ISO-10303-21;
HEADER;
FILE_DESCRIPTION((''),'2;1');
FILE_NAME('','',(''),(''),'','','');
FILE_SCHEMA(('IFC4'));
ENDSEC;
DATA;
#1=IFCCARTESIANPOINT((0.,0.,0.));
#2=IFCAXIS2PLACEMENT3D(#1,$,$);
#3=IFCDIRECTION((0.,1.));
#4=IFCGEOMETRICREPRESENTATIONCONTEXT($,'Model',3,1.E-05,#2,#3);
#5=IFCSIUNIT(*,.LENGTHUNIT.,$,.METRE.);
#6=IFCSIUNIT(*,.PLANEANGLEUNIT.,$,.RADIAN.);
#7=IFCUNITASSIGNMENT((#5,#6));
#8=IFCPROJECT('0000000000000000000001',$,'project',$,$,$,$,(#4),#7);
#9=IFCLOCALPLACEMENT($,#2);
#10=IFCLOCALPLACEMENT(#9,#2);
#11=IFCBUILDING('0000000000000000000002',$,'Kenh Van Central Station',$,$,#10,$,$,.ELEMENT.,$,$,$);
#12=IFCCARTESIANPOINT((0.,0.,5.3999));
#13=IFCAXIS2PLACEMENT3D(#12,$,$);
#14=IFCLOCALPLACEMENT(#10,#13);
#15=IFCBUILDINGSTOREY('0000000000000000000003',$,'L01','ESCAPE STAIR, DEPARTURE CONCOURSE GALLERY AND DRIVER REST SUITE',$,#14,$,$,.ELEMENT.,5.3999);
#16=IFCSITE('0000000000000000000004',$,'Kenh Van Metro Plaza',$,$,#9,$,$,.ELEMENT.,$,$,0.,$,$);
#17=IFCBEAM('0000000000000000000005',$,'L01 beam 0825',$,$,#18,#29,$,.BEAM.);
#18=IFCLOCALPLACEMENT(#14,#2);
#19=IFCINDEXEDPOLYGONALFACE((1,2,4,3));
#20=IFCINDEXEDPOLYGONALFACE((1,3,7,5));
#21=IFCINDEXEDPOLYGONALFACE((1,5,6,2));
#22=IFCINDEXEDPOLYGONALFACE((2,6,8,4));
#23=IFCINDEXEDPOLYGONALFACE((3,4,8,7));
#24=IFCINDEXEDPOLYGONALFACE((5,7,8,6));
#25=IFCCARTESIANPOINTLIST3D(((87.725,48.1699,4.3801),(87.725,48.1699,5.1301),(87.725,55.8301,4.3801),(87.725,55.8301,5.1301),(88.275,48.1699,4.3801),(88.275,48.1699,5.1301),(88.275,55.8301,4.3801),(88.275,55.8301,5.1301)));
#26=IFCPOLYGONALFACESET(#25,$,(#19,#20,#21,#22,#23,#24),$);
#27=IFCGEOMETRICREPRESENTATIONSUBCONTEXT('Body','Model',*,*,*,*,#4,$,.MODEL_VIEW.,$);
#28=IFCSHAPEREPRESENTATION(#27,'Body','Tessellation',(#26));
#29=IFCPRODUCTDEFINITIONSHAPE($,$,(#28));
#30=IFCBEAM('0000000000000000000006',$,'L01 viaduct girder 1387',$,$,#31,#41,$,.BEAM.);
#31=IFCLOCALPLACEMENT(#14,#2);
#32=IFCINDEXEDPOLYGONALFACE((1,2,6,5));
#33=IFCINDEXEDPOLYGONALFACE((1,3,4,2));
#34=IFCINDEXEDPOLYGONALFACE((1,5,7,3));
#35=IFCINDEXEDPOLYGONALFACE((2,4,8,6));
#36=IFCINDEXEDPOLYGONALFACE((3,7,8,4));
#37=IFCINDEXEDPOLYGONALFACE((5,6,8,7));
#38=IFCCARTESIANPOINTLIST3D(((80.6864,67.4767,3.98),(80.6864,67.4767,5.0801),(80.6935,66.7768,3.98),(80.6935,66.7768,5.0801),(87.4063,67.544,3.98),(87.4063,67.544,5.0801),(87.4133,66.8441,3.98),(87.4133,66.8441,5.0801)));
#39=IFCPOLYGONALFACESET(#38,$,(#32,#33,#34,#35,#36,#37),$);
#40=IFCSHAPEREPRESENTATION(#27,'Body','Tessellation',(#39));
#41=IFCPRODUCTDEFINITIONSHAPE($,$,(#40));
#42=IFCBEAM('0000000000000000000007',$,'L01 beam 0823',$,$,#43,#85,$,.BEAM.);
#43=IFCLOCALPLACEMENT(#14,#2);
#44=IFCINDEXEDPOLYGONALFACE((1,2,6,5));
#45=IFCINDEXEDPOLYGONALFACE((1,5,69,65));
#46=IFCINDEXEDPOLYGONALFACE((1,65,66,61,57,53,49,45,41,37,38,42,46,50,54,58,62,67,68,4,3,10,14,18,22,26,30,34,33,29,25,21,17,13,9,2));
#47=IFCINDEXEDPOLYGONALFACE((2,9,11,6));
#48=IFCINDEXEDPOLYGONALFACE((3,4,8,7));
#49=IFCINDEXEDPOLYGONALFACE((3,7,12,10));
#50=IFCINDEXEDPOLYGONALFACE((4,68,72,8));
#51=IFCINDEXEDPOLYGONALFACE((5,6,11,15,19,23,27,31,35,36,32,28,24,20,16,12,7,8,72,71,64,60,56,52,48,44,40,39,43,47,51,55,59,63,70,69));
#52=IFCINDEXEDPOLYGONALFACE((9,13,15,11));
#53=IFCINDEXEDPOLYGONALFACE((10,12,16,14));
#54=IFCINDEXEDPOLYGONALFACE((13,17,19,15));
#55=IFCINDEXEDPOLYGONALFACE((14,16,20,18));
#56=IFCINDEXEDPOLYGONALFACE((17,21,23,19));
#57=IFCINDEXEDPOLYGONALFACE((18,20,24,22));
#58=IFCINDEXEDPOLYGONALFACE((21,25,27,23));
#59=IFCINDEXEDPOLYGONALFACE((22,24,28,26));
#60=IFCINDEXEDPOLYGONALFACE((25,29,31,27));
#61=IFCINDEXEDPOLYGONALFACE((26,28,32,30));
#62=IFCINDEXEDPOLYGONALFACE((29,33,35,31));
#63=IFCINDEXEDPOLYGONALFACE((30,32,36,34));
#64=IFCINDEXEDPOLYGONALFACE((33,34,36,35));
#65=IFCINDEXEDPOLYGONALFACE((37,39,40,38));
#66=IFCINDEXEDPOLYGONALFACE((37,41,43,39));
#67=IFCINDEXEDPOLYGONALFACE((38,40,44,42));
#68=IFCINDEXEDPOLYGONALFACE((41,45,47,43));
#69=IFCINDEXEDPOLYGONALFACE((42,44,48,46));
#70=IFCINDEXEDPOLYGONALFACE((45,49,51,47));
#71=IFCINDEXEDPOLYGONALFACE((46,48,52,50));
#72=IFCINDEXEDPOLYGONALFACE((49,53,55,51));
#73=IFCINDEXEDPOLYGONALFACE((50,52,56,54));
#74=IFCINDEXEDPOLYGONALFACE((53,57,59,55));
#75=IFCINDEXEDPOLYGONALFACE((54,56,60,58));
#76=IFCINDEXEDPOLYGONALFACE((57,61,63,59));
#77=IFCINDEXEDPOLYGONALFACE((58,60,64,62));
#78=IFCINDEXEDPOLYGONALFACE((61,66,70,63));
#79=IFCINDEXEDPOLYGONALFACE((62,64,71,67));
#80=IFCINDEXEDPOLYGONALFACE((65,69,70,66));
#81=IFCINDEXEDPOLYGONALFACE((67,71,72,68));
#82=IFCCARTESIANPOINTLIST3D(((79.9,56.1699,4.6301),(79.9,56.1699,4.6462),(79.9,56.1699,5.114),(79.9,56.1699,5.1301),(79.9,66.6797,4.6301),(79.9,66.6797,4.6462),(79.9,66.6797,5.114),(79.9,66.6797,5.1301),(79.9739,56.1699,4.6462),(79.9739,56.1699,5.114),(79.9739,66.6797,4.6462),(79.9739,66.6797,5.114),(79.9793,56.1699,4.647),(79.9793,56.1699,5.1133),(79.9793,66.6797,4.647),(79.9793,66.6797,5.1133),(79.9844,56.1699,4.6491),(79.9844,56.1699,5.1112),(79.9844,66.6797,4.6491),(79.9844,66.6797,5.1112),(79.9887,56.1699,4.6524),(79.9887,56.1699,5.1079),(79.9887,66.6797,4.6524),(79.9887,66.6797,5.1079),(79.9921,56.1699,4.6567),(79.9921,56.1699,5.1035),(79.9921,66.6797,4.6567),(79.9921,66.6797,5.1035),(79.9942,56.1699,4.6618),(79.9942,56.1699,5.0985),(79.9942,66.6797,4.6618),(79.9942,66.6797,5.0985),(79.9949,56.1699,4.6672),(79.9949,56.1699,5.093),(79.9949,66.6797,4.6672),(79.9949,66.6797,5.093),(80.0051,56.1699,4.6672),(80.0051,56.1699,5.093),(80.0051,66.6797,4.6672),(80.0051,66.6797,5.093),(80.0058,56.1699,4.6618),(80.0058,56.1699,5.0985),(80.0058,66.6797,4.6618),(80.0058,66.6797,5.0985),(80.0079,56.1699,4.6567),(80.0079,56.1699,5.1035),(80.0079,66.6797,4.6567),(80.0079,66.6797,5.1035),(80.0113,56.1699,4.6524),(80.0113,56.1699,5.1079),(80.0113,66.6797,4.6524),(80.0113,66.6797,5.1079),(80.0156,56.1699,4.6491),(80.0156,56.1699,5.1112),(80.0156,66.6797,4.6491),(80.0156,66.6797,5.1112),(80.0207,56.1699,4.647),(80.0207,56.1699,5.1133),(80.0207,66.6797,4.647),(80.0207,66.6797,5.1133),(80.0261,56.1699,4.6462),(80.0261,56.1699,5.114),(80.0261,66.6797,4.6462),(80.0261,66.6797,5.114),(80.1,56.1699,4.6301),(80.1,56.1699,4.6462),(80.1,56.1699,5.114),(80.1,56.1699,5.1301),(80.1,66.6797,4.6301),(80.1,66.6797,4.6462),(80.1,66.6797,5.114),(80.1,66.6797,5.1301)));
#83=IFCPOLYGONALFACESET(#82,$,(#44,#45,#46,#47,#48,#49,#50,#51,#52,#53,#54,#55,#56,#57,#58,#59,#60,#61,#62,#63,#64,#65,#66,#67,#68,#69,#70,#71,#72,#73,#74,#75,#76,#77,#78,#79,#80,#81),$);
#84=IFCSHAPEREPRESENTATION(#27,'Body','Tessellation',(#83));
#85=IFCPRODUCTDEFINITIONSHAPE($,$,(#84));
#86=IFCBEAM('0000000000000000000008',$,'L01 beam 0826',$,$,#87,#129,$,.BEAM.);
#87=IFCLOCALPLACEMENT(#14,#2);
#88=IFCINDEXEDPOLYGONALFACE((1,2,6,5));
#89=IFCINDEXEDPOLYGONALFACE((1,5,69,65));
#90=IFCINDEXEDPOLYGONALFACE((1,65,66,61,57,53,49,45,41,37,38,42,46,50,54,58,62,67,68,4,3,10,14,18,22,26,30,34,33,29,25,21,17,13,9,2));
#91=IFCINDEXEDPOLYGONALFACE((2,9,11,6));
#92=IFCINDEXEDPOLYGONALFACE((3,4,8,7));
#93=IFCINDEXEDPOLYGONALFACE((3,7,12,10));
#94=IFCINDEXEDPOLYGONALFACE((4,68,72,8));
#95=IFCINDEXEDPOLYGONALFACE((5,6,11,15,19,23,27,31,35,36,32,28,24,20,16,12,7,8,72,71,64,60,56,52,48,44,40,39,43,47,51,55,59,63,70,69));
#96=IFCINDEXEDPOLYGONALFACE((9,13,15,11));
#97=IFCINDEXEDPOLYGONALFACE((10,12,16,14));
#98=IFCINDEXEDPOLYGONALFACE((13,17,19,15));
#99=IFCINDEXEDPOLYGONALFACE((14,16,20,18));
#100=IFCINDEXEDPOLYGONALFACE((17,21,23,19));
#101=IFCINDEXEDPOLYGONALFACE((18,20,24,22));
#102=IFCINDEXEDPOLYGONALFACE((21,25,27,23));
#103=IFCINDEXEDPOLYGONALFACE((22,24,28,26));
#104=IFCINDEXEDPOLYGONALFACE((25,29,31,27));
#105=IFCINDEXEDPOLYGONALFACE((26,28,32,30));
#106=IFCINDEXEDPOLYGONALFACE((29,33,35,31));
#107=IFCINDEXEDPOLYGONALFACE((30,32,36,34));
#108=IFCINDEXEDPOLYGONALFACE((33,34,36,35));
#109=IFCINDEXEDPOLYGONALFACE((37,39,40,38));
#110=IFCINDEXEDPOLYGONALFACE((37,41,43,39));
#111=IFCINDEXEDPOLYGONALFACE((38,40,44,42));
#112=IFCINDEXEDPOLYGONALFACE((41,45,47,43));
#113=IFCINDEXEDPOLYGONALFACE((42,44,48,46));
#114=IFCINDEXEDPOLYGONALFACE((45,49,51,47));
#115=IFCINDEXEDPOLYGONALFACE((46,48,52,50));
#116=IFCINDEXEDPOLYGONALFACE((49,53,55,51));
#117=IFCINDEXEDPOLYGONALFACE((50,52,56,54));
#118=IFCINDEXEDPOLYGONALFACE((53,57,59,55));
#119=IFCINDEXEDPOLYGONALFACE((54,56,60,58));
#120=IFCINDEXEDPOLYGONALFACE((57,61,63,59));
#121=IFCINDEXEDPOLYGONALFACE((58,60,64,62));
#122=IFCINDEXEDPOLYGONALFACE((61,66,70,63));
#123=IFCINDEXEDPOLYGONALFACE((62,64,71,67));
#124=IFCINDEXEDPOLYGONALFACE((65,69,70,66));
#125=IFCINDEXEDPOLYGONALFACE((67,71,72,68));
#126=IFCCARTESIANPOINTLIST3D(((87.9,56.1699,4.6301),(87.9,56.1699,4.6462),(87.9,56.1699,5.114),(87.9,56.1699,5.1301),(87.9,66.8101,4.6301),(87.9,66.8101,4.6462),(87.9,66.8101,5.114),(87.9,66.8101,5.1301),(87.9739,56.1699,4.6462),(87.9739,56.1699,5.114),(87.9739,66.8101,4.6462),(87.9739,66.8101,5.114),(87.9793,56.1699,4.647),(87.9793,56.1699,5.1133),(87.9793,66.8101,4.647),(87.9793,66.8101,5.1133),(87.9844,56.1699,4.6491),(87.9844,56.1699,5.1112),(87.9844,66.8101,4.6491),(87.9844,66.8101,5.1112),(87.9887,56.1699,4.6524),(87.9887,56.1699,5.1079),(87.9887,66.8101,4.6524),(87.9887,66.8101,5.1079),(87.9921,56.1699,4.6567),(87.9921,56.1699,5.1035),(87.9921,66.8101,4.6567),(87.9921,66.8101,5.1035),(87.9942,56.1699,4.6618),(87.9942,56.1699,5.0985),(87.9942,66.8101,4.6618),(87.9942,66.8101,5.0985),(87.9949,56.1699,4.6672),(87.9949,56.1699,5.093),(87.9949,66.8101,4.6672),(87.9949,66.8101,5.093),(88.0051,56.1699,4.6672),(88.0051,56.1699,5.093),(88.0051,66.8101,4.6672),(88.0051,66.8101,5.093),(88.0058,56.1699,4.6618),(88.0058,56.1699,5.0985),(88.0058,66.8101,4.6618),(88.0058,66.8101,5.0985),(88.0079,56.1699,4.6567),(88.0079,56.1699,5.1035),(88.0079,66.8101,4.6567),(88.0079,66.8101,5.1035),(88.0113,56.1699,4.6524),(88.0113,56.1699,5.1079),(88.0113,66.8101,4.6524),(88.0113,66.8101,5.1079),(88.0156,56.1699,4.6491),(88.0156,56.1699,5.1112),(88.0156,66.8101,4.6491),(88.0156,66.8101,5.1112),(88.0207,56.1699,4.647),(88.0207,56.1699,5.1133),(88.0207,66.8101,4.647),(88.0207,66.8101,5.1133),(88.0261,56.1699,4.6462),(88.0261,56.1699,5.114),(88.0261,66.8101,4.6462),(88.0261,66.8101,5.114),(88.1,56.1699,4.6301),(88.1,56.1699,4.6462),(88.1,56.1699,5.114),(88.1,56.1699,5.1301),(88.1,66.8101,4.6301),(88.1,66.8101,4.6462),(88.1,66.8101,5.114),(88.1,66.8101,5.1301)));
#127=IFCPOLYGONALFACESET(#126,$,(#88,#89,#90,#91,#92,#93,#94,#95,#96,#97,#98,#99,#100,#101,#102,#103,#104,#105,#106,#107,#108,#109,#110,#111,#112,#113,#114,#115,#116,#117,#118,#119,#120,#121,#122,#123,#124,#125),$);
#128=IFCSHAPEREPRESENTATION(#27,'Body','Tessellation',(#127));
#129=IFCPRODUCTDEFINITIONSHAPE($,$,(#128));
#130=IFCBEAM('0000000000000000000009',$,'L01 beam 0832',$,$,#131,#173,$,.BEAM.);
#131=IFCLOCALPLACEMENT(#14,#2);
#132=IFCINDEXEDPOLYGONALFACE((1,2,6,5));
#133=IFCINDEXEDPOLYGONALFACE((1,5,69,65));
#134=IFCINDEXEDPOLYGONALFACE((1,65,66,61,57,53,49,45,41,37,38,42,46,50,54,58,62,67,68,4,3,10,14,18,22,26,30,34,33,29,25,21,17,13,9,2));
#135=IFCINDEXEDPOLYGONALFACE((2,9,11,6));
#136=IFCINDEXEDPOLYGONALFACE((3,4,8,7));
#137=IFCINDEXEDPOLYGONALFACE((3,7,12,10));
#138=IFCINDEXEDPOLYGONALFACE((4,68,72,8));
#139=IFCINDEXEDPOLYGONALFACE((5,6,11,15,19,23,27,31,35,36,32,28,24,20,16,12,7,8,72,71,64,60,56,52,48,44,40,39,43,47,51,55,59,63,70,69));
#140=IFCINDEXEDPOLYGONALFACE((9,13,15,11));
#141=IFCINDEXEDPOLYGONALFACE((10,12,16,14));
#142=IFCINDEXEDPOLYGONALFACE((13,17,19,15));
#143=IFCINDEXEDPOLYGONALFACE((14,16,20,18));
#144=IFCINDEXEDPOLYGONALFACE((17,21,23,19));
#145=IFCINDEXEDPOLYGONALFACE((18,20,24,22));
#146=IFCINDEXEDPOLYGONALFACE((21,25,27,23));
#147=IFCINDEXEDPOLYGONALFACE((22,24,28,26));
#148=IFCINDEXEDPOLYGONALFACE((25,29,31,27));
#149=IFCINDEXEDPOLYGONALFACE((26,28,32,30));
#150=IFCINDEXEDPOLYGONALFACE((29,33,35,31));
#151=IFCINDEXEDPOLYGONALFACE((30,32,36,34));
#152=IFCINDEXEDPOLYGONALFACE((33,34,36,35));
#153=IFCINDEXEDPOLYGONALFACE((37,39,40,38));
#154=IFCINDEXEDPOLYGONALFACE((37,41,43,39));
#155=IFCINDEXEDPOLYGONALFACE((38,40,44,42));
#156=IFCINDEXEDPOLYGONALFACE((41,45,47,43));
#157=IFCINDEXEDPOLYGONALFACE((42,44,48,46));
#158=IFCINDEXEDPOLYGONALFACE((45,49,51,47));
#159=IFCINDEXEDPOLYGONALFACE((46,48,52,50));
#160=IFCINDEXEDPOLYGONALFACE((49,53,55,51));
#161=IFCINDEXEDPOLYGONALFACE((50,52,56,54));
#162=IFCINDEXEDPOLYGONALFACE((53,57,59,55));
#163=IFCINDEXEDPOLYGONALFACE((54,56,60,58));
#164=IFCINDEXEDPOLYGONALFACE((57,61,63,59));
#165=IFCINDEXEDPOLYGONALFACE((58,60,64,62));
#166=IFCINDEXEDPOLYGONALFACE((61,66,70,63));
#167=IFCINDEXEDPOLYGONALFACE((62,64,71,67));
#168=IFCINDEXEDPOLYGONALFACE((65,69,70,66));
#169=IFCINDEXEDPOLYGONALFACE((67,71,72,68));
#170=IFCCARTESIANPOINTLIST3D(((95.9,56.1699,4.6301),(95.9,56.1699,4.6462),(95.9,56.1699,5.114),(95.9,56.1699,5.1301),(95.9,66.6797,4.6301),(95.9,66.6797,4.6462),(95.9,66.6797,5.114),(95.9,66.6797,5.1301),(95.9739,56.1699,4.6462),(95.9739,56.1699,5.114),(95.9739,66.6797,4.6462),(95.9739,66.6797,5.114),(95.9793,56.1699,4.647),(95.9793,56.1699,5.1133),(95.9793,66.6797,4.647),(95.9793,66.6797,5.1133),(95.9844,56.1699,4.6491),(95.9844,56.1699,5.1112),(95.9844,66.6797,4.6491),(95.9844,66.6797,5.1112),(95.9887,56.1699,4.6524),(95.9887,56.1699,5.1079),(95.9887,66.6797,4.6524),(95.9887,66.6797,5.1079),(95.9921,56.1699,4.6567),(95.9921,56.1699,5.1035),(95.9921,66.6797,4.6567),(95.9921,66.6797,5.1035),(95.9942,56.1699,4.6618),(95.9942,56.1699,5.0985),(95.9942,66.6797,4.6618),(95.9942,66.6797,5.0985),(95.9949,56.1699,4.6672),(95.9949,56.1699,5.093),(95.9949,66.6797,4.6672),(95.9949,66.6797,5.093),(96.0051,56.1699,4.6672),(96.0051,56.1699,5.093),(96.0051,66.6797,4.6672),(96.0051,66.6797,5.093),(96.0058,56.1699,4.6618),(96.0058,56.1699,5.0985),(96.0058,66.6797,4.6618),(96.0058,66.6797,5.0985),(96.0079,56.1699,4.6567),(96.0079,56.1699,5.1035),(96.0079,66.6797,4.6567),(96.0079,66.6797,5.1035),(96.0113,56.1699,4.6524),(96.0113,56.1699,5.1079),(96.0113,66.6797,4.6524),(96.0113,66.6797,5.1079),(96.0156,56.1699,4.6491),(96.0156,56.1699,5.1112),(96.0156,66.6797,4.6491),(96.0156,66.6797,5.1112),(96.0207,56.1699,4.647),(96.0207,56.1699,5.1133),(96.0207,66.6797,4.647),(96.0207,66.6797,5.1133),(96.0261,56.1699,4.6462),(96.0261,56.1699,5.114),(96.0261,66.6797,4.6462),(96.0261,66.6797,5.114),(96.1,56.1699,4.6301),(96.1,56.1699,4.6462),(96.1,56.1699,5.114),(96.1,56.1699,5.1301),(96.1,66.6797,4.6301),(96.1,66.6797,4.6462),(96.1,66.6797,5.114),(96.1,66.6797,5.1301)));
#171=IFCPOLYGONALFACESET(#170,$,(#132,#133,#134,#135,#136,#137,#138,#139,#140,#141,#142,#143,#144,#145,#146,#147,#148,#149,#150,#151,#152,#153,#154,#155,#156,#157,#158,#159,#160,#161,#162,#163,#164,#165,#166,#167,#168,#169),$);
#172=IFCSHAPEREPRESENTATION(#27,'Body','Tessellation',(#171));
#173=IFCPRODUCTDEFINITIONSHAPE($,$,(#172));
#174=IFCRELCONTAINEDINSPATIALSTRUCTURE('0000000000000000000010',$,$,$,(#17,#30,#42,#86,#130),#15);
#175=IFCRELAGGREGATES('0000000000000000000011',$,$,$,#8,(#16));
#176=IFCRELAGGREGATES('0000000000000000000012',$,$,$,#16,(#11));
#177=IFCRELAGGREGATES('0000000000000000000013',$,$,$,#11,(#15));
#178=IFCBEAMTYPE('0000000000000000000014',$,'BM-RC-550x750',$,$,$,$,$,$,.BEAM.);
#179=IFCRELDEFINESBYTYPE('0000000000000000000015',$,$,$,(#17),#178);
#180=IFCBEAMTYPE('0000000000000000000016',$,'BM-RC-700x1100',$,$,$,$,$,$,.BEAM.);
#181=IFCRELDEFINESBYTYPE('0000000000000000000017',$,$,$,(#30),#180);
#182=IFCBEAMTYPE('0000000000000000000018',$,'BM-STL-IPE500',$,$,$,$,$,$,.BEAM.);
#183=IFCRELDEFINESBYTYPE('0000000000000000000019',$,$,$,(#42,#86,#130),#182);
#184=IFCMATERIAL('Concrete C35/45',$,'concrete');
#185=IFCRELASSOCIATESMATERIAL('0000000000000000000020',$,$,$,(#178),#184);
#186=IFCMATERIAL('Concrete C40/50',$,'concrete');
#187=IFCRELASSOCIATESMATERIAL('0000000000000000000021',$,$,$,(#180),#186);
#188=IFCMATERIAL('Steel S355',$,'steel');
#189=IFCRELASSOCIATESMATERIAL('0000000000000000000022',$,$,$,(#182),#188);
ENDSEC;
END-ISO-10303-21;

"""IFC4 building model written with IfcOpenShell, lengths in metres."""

from ifc_helpers import new_model, si_unit, direction, frame, origin, origin_2d, place, context, subcontext, project, spatial, rectangle, i_section, extrude, material, material_profile, profile_set, type_object, element, save


model = new_model("IFC4")

# Units and contexts
model_context = context("Model", 3, precision=1e-05, world=origin(), true_north=direction((0.0, 1.0)))
body_context = subcontext(model_context, "Body", "Model", "MODEL_VIEW")
ifc_project = project(units=[si_unit("LENGTHUNIT", "METRE"), si_unit("PLANEANGLEUNIT", "RADIAN")], contexts=[model_context])

# Site, building, storey
site_placement = place(None, origin())
site = spatial("IfcSite", under=ifc_project, at=site_placement, Name="Kenh Van Metro Plaza", CompositionType="ELEMENT", RefElevation=0.0)
building_placement = place(site_placement, origin())
building = spatial("IfcBuilding", under=site, at=building_placement, Name="Kenh Van Central Station", CompositionType="ELEMENT")
storey_placement = place(building_placement, frame((0.0, 0.0, 5.3999)))
storey = spatial("IfcBuildingStorey", under=building, at=storey_placement, Name="L01", Description="ESCAPE STAIR, DEPARTURE CONCOURSE GALLERY AND DRIVER REST SUITE", CompositionType="ELEMENT", Elevation=5.3999)

# Shared definitions
ifc_material_1 = material(Name="Concrete C40/50", Category="concrete")
ifc_material_2 = material(Name="Steel S355", Category="steel")

# Beams
ifc_material_3 = material(Name="Concrete C35/45", Category="concrete")
ifc_material_profile_1 = material_profile(ifc_material_3, rectangle(XDim=0.55, YDim=0.75, at=origin_2d()), Name="RC 550x750")
ifc_profile_set_1 = profile_set([ifc_material_profile_1], Name="Concrete C35/45")
beam_type_1 = type_object("IfcBeamType", Name="BM-RC-550x750", PredefinedType="BEAM", material=ifc_profile_set_1)
for number, where, z_axis, x_axis, name in (
    (1, (88.0, 48.1699, 4.7551), (0.0, 1.0, 0.0), (-1.0, 0.0, 0.0), "L01 beam 0825"),
):
    element("IfcBeam", number, at=place(storey_placement, frame(where, z_axis=z_axis, x_axis=x_axis)), inside=storey, type_object=beam_type_1, Name=name, PredefinedType="BEAM", context=body_context, shape_type="SweptSolid", body=[
        extrude(rectangle(XDim=0.55, YDim=0.75, at=origin_2d()), origin(), (0.0, 0.0, 1.0), 7.6602),
    ])
ifc_material_profile_2 = material_profile(ifc_material_1, rectangle(XDim=0.7, YDim=1.1001, at=origin_2d()), Name="RC 700x1100")
ifc_profile_set_2 = profile_set([ifc_material_profile_2], Name="Concrete C40/50")
beam_type_2 = type_object("IfcBeamType", Name="BM-RC-700x1100", PredefinedType="BEAM", material=ifc_profile_set_2)
beam_1_placement = place(storey_placement, frame((80.6899, 67.1267, 4.53), z_axis=(0.99995, 0.010027, 0.0), x_axis=(-0.010027, 0.99995, 0.0)))
element("IfcBeam", 2, at=beam_1_placement, inside=storey, type_object=beam_type_2, Name="L01 viaduct girder 1387", PredefinedType="BEAM", context=body_context, shape_type="SweptSolid", body=[
    extrude(rectangle(XDim=0.7, YDim=1.1001, at=origin_2d()), origin(), (0.0, 0.0, 1.0), 6.7202),
])
ifc_material_profile_3 = material_profile(ifc_material_2, i_section(OverallWidth=0.2, OverallDepth=0.5, WebThickness=0.0103, FlangeThickness=0.0161, FilletRadius=0.021, at=origin_2d()), Name="IPE 500")
ifc_profile_set_3 = profile_set([ifc_material_profile_3], Name="Steel S355")
beam_type_3 = type_object("IfcBeamType", Name="BM-STL-IPE500", PredefinedType="BEAM", material=ifc_profile_set_3)
beam_2_placement = place(storey_placement, frame((80.0, 56.1699, 4.8801), z_axis=(0.0, 1.0, 0.0), x_axis=(-1.0, 0.0, 0.0)))
element("IfcBeam", 3, at=beam_2_placement, inside=storey, type_object=beam_type_3, Name="L01 beam 0823", PredefinedType="BEAM", context=body_context, shape_type="SweptSolid", body=[
    extrude(i_section(OverallWidth=0.2, OverallDepth=0.5, WebThickness=0.0103, FlangeThickness=0.0161, FilletRadius=0.021, at=origin_2d()), origin(), (0.0, 0.0, 1.0), 10.5098),
])
beam_3_placement = place(storey_placement, frame((88.0, 56.1699, 4.8801), z_axis=(0.0, 1.0, 0.0), x_axis=(-1.0, 0.0, 0.0)))
element("IfcBeam", 4, at=beam_3_placement, inside=storey, type_object=beam_type_3, Name="L01 beam 0826", PredefinedType="BEAM", context=body_context, shape_type="SweptSolid", body=[
    extrude(i_section(OverallWidth=0.2, OverallDepth=0.5, WebThickness=0.0103, FlangeThickness=0.0161, FilletRadius=0.021, at=origin_2d()), origin(), (0.0, 0.0, 1.0), 10.6401),
])
beam_4_placement = place(storey_placement, frame((96.0, 56.1699, 4.8801), z_axis=(0.0, 1.0, 0.0), x_axis=(-1.0, 0.0, 0.0)))
element("IfcBeam", 5, at=beam_4_placement, inside=storey, type_object=beam_type_3, Name="L01 beam 0832", PredefinedType="BEAM", context=body_context, shape_type="SweptSolid", body=[
    extrude(i_section(OverallWidth=0.2, OverallDepth=0.5, WebThickness=0.0103, FlangeThickness=0.0161, FilletRadius=0.021, at=origin_2d()), origin(), (0.0, 0.0, 1.0), 10.5098),
])

save(model, "model.ifc")
